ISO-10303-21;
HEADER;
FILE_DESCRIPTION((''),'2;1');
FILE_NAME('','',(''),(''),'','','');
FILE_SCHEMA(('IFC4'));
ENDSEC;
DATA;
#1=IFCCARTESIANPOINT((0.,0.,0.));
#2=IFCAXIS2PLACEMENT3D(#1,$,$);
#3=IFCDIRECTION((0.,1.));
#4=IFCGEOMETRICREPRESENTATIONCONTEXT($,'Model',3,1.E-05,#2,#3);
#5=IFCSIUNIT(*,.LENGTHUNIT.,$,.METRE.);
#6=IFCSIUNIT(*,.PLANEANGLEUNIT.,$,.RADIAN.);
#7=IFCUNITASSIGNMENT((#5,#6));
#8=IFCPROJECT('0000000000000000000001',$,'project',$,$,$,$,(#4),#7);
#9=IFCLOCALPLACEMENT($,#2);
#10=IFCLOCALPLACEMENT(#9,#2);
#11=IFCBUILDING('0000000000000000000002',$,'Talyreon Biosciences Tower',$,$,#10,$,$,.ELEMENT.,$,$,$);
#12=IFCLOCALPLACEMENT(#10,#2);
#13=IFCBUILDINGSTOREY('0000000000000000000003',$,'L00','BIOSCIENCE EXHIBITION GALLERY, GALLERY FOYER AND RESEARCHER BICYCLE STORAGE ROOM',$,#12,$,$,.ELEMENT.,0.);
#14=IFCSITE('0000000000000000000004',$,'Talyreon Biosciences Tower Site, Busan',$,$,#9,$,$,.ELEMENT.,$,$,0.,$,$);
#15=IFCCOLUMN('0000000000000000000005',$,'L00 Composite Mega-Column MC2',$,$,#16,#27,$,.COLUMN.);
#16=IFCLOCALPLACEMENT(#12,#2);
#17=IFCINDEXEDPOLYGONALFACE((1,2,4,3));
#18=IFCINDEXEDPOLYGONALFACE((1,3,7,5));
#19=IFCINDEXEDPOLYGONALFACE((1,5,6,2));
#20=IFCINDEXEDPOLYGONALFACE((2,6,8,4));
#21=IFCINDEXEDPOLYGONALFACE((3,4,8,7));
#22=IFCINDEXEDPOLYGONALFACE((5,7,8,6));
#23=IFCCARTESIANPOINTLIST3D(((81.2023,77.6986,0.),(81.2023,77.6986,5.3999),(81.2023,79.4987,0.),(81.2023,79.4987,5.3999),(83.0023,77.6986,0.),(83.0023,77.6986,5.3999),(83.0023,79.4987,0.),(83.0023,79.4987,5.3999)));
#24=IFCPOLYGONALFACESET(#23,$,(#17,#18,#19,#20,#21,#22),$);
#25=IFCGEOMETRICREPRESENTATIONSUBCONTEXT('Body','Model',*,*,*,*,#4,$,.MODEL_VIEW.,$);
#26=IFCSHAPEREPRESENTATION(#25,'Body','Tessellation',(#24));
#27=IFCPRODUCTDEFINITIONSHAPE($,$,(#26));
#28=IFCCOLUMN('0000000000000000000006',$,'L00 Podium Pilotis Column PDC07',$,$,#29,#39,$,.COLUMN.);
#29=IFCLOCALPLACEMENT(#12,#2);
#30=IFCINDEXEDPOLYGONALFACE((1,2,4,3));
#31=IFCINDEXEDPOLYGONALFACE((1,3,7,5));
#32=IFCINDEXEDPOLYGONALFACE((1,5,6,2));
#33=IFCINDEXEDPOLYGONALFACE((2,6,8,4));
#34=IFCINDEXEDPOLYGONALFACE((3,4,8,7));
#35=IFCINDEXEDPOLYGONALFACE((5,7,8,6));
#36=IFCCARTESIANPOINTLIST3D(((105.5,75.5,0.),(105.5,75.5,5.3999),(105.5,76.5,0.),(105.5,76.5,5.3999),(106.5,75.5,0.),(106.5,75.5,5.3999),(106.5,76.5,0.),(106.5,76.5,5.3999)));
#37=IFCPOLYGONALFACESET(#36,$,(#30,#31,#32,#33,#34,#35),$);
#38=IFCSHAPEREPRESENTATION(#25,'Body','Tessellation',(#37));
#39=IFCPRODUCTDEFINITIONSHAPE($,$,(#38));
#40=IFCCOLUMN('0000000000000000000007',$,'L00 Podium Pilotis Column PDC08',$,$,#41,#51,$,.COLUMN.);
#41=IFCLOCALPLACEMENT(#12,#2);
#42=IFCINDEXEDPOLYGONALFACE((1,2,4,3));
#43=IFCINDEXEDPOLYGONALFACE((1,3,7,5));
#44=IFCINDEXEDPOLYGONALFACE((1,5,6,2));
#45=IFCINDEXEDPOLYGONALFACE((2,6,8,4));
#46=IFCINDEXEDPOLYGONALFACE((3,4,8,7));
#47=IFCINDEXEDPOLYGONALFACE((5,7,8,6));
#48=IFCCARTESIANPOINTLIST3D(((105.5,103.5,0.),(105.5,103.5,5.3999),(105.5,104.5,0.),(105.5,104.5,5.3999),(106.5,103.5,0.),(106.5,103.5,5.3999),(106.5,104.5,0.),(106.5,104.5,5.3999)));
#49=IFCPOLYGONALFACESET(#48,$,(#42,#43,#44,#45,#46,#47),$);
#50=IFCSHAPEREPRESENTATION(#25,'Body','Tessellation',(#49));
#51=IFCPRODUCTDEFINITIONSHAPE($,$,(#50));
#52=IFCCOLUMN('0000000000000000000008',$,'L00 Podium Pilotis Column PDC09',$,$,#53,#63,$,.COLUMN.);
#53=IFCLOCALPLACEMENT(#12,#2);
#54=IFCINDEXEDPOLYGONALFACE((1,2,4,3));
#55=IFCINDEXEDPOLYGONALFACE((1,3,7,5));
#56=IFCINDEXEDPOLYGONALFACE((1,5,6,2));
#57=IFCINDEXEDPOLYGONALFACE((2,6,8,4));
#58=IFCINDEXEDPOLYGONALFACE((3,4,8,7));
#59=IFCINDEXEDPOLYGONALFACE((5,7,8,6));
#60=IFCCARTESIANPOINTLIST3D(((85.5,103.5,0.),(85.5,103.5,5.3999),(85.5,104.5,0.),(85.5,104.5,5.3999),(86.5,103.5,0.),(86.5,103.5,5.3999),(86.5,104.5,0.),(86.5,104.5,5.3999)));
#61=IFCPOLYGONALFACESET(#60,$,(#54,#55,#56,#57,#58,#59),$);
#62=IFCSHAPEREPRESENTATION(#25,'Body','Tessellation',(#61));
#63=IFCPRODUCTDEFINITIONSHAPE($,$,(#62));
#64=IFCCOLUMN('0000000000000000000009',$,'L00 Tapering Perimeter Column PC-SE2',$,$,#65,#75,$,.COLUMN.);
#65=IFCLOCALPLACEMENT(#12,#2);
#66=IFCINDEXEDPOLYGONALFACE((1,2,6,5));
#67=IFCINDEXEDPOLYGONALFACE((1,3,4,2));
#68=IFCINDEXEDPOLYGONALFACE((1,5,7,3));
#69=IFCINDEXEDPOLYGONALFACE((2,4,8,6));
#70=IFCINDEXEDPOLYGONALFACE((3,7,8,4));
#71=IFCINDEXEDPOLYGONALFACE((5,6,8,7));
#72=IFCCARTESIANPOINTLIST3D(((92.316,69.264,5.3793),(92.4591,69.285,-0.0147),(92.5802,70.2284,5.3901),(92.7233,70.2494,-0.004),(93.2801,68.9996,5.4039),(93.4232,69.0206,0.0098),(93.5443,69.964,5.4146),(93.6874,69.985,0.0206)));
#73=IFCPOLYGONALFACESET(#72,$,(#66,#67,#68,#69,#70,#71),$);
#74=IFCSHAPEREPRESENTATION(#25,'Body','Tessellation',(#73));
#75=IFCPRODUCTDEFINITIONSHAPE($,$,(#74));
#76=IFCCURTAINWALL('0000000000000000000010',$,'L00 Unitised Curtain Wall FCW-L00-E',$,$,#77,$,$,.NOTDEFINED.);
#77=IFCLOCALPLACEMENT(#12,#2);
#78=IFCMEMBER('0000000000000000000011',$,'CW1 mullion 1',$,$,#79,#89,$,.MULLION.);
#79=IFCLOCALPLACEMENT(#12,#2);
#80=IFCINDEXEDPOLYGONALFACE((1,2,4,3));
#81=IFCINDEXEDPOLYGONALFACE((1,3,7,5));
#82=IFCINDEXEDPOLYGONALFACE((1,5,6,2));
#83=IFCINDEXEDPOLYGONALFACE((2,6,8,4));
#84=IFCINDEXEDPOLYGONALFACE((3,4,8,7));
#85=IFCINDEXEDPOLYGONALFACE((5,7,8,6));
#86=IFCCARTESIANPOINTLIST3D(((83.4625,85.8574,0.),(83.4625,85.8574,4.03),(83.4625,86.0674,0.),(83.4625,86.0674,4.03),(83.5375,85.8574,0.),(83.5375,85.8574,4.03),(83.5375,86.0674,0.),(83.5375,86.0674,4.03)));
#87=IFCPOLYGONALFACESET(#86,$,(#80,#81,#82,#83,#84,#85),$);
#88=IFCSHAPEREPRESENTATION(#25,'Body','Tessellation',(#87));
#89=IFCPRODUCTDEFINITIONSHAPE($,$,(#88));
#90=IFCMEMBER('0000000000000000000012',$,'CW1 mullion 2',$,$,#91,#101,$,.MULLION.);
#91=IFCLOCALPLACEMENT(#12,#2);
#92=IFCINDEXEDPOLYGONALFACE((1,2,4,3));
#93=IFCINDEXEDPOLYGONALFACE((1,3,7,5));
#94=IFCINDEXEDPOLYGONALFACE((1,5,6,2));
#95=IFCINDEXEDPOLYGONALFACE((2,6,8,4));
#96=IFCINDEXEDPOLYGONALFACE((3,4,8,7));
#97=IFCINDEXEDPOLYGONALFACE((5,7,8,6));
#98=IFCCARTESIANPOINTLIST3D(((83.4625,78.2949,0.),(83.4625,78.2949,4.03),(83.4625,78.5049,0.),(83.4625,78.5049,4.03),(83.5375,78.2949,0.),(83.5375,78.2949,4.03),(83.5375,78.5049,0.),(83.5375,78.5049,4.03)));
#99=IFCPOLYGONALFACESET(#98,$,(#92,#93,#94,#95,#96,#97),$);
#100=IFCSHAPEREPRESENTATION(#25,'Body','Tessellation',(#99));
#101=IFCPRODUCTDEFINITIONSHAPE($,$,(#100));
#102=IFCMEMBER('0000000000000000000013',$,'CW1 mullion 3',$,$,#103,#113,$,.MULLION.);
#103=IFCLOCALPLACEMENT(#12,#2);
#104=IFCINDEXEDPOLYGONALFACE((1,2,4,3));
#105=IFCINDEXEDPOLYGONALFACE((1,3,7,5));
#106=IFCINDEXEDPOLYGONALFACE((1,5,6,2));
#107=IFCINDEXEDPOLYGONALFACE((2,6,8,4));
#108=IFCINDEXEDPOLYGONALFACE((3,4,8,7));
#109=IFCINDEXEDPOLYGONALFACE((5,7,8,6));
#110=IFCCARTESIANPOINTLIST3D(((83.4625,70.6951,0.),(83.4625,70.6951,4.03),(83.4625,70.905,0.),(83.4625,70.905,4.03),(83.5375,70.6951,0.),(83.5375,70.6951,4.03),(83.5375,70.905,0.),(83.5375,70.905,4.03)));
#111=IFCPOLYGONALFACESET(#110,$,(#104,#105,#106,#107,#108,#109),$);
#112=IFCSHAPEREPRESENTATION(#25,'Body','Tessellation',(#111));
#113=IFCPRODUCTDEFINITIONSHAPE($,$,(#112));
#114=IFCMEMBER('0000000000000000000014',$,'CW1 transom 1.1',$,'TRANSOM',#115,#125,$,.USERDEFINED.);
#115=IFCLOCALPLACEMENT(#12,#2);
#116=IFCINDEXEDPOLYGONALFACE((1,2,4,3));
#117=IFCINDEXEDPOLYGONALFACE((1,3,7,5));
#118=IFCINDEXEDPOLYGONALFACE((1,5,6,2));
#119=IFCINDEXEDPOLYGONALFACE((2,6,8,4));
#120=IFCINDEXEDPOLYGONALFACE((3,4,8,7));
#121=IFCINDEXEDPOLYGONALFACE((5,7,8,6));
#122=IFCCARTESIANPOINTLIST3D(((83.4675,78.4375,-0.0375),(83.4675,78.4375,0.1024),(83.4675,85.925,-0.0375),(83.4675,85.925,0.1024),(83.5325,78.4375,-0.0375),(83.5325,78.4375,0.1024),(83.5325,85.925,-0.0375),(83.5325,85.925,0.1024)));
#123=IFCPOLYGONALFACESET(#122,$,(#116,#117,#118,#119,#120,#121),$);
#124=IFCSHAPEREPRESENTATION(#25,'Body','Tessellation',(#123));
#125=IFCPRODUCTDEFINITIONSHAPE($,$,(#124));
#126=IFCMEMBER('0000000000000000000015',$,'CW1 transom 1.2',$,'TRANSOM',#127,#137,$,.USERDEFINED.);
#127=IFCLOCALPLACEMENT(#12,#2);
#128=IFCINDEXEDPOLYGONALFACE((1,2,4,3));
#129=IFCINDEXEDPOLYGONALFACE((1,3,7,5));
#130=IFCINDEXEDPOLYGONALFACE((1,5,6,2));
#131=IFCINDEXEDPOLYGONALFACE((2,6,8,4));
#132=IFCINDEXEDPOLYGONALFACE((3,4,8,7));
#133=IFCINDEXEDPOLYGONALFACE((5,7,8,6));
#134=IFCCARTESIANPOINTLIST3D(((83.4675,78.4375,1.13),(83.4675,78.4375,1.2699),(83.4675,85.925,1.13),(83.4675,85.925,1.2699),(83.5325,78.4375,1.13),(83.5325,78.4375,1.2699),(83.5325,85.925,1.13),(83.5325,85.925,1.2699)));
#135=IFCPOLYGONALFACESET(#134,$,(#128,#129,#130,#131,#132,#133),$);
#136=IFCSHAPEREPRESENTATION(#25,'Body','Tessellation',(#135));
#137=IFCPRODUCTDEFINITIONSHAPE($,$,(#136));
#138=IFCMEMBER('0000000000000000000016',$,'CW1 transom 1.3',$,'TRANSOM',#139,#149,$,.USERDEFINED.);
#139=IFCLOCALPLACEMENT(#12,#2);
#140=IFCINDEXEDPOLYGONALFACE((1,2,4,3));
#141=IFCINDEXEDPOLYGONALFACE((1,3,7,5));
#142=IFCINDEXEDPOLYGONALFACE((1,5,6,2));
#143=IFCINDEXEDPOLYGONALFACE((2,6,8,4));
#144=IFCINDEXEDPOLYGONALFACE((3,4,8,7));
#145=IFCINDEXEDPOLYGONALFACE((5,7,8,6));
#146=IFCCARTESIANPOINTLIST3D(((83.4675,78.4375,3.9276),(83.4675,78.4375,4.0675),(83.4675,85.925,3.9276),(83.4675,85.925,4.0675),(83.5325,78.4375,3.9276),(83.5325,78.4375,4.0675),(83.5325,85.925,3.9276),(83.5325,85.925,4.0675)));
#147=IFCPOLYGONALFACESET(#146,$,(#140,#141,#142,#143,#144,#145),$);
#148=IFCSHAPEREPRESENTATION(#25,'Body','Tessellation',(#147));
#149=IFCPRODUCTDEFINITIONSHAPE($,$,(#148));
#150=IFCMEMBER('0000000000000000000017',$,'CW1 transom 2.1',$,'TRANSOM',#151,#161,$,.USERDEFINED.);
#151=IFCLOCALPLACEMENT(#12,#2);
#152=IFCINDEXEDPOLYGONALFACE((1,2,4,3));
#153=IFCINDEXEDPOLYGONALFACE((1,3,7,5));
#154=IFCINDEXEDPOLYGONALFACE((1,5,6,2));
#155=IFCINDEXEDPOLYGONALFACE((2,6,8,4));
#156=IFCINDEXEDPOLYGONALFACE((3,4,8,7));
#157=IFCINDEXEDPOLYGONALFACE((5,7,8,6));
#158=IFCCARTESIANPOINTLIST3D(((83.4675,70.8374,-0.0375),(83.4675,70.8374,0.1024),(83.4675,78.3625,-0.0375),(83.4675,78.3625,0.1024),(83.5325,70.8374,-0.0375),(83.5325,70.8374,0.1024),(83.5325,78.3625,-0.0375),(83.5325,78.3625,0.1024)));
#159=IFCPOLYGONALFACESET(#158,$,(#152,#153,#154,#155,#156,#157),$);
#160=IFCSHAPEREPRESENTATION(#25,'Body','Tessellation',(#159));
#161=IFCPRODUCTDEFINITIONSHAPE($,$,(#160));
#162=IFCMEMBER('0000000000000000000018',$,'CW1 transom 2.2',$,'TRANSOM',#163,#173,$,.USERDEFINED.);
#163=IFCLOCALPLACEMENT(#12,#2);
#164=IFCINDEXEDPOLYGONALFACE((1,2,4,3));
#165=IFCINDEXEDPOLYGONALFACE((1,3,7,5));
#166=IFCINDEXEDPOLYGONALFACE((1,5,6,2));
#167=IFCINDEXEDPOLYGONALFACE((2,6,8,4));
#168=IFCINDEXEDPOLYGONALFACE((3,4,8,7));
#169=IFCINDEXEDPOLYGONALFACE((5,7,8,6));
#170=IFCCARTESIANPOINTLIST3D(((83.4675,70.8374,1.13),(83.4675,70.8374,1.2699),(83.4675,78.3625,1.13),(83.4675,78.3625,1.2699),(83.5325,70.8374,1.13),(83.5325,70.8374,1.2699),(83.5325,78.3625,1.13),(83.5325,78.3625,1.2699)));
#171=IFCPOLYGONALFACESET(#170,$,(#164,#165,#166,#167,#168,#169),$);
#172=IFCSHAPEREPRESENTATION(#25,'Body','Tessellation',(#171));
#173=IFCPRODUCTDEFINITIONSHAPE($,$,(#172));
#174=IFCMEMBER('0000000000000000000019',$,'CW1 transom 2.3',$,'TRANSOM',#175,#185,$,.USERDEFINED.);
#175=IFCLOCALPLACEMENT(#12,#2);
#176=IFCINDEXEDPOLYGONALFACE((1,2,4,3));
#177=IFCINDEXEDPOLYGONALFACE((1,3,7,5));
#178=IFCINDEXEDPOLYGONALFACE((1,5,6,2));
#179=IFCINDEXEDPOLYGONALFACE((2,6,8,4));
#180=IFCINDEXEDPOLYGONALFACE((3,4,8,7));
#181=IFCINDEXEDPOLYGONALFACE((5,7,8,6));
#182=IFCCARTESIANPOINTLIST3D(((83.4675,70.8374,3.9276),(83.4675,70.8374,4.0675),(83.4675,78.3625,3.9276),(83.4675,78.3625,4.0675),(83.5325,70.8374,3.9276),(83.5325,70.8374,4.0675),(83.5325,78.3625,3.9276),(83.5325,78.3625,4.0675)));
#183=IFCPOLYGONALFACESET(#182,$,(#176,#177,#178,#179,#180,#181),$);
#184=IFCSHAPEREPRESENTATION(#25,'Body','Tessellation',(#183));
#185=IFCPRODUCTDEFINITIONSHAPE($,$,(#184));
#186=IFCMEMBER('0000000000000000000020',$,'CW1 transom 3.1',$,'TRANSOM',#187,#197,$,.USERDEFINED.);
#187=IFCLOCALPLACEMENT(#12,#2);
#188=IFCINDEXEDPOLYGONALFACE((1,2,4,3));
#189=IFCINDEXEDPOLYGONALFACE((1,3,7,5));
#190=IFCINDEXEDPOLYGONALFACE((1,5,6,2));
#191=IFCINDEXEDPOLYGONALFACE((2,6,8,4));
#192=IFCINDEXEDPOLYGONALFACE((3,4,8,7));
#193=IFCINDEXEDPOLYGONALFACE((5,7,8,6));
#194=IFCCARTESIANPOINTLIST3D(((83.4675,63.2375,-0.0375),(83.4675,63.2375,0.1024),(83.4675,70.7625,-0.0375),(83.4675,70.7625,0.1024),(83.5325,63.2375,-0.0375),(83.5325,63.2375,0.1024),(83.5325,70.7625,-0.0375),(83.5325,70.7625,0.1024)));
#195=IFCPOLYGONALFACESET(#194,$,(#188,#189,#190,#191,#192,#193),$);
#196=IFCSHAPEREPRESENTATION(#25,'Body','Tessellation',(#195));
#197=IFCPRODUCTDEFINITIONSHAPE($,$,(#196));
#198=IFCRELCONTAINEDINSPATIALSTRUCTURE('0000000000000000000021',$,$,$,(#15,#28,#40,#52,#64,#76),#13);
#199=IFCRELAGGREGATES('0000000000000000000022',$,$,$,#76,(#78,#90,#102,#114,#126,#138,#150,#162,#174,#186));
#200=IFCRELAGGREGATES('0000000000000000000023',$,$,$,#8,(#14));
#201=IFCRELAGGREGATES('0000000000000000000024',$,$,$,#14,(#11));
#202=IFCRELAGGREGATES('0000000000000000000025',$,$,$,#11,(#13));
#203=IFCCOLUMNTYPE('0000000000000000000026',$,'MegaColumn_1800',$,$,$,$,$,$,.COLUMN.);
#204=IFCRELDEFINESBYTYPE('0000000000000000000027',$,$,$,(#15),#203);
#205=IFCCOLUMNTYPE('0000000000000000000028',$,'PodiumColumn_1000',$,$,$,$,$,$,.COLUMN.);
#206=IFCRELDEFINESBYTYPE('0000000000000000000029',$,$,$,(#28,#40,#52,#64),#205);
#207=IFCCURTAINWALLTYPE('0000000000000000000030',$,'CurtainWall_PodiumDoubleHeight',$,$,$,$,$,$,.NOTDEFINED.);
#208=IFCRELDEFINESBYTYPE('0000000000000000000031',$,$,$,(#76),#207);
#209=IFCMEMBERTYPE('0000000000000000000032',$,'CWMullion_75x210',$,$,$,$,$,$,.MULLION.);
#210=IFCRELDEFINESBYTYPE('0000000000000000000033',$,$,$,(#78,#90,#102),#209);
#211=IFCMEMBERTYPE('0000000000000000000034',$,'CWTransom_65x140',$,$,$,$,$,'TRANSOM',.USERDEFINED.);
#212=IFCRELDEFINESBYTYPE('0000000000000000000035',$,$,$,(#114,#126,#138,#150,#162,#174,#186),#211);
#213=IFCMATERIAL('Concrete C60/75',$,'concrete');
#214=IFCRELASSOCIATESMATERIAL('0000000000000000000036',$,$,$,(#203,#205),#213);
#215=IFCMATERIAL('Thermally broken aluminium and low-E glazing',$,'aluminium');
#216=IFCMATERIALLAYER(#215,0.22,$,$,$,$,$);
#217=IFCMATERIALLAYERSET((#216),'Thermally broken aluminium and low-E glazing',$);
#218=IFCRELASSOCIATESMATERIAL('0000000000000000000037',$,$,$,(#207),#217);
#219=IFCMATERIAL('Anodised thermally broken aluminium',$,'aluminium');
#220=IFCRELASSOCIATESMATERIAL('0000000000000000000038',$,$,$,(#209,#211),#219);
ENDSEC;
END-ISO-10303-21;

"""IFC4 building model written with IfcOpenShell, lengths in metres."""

from ifc_helpers import new_model, si_unit, direction, frame, origin, origin_2d, place, context, subcontext, project, spatial, rectangle, extrude, material, layer, layer_set, material_profile, profile_set, type_object, element, aggregate, save


model = new_model("IFC4")

# Units and contexts
model_context = context("Model", 3, precision=1e-05, world=origin(), true_north=direction((0.0, 1.0)))
body_context = subcontext(model_context, "Body", "Model", "MODEL_VIEW")
ifc_project = project(units=[si_unit("LENGTHUNIT", "METRE"), si_unit("PLANEANGLEUNIT", "RADIAN")], contexts=[model_context])

# Site, building, storey
site_placement = place(None, origin())
site = spatial("IfcSite", under=ifc_project, at=site_placement, Name="Talyreon Biosciences Tower Site, Busan", CompositionType="ELEMENT", RefElevation=0.0)
building_placement = place(site_placement, origin())
building = spatial("IfcBuilding", under=site, at=building_placement, Name="Talyreon Biosciences Tower", CompositionType="ELEMENT")
storey_placement = place(building_placement, origin())
storey = spatial("IfcBuildingStorey", under=building, at=storey_placement, Name="L00", Description="BIOSCIENCE EXHIBITION GALLERY, GALLERY FOYER AND RESEARCHER BICYCLE STORAGE ROOM", CompositionType="ELEMENT", Elevation=0.0)

# Columns
ifc_material_1 = material(Name="Concrete C60/75", Category="concrete")
ifc_material_profile_1 = material_profile(ifc_material_1, rectangle(XDim=1.8, YDim=1.8, at=origin_2d()), Name="RC 1800x1800")
ifc_profile_set_1 = profile_set([ifc_material_profile_1], Name="Concrete C60/75")
column_type_1 = type_object("IfcColumnType", Name="MegaColumn_1800", PredefinedType="COLUMN", material=ifc_profile_set_1)
column_1_placement = place(storey_placement, frame((82.1023, 78.5986, 0.0), z_axis=(0.0, 0.0, 1.0), x_axis=(1.0, 0.0, 0.0)))
element("IfcColumn", 1, at=column_1_placement, inside=storey, type_object=column_type_1, Name="L00 Composite Mega-Column MC2", PredefinedType="COLUMN", context=body_context, shape_type="SweptSolid", body=[
    extrude(rectangle(XDim=1.8, YDim=1.8, at=origin_2d()), origin(), (0.0, 0.0, 1.0), 5.3999),
])
ifc_material_profile_2 = material_profile(ifc_material_1, rectangle(XDim=1.0, YDim=1.0, at=origin_2d()), Name="RC 1000x1000")
ifc_profile_set_2 = profile_set([ifc_material_profile_2], Name="Concrete C60/75")
column_type_2 = type_object("IfcColumnType", Name="PodiumColumn_1000", PredefinedType="COLUMN", material=ifc_profile_set_2)
for number, where, z_axis, x_axis, name in (
    (2, (106.0, 76.0, 0.0), (0.0, 0.0, 1.0), (1.0, 0.0, 0.0), "L00 Podium Pilotis Column PDC07"),
    (3, (106.0, 104.0, 0.0), (0.0, 0.0, 1.0), (1.0, 0.0, 0.0), "L00 Podium Pilotis Column PDC08"),
    (4, (86.0, 104.0, 0.0), (0.0, 0.0, 1.0), (1.0, 0.0, 0.0), "L00 Podium Pilotis Column PDC09"),
):
    element("IfcColumn", number, at=place(storey_placement, frame(where, z_axis=z_axis, x_axis=x_axis)), inside=storey, type_object=column_type_2, Name=name, PredefinedType="COLUMN", context=body_context, shape_type="SweptSolid", body=[
        extrude(rectangle(XDim=1.0, YDim=1.0, at=origin_2d()), origin(), (0.0, 0.0, 1.0), 5.3999),
    ])
column_2_placement = place(storey_placement, frame((93.0732, 69.635, 0.0029), z_axis=(-0.026514, -0.003891, 0.999641), x_axis=(0.964103, -0.264392, 0.024542)))
element("IfcColumn", 5, at=column_2_placement, inside=storey, type_object=column_type_2, Name="L00 Tapering Perimeter Column PC-SE2", PredefinedType="COLUMN", context=body_context, shape_type="SweptSolid", body=[
    extrude(rectangle(XDim=1.0, YDim=1.0, at=origin_2d()), origin(), (0.0, 0.0, 1.0), 5.396),
])

# Curtain wall, members
ifc_material_2 = material(Name="Thermally broken aluminium and low-E glazing", Category="aluminium")
ifc_layer_1 = layer(ifc_material_2, 0.22)
ifc_layer_set_1 = layer_set([ifc_layer_1], Name="Thermally broken aluminium and low-E glazing")
curtain_wall_type = type_object("IfcCurtainWallType", Name="CurtainWall_PodiumDoubleHeight", PredefinedType="NOTDEFINED", material=ifc_layer_set_1)
curtain_wall_placement = place(storey_placement, origin())
curtain_wall = element("IfcCurtainWall", 6, at=curtain_wall_placement, inside=storey, type_object=curtain_wall_type, Name="L00 Unitised Curtain Wall FCW-L00-E", PredefinedType="NOTDEFINED")
ifc_material_3 = material(Name="Anodised thermally broken aluminium", Category="aluminium")
ifc_material_profile_3 = material_profile(ifc_material_3, rectangle(XDim=0.075, YDim=0.21, at=origin_2d()), Name="ALUM MULLION 75x210")
ifc_profile_set_3 = profile_set([ifc_material_profile_3], Name="Anodised thermally broken aluminium")
member_type_1 = type_object("IfcMemberType", Name="CWMullion_75x210", PredefinedType="MULLION", material=ifc_profile_set_3)
member_1_placement = place(storey_placement, frame((83.5, 85.9624, 0.0), z_axis=(0.0, 0.0, 1.0), x_axis=(1.0, 0.0, 0.0)))
member_1 = element("IfcMember", 7, at=member_1_placement, type_object=member_type_1, Name="CW1 mullion 1", PredefinedType="MULLION", context=body_context, shape_type="SweptSolid", body=[
    extrude(rectangle(XDim=0.075, YDim=0.21, at=origin_2d()), origin(), (0.0, 0.0, 1.0), 4.03),
])
member_2_placement = place(storey_placement, frame((83.5, 78.3999, 0.0), z_axis=(0.0, 0.0, 1.0), x_axis=(1.0, 0.0, 0.0)))
member_2 = element("IfcMember", 8, at=member_2_placement, type_object=member_type_1, Name="CW1 mullion 2", PredefinedType="MULLION", context=body_context, shape_type="SweptSolid", body=[
    extrude(rectangle(XDim=0.075, YDim=0.21, at=origin_2d()), origin(), (0.0, 0.0, 1.0), 4.03),
])
member_3_placement = place(storey_placement, frame((83.5, 70.8, 0.0), z_axis=(0.0, 0.0, 1.0), x_axis=(1.0, 0.0, 0.0)))
member_3 = element("IfcMember", 9, at=member_3_placement, type_object=member_type_1, Name="CW1 mullion 3", PredefinedType="MULLION", context=body_context, shape_type="SweptSolid", body=[
    extrude(rectangle(XDim=0.075, YDim=0.21, at=origin_2d()), origin(), (0.0, 0.0, 1.0), 4.03),
])
ifc_material_profile_4 = material_profile(ifc_material_3, rectangle(XDim=0.0649, YDim=0.1399, at=origin_2d()), Name="ALUM TRANSOM 65x140")
ifc_profile_set_4 = profile_set([ifc_material_profile_4], Name="Anodised thermally broken aluminium")
member_type_2 = type_object("IfcMemberType", Name="CWTransom_65x140", ElementType="TRANSOM", PredefinedType="USERDEFINED", material=ifc_profile_set_4)
member_4_placement = place(storey_placement, frame((83.5, 85.925, 0.0325), z_axis=(0.0, -1.0, 0.0), x_axis=(1.0, 0.0, 0.0)))
member_4 = element("IfcMember", 10, at=member_4_placement, type_object=member_type_2, Name="CW1 transom 1.1", ObjectType="TRANSOM", PredefinedType="USERDEFINED", context=body_context, shape_type="SweptSolid", body=[
    extrude(rectangle(XDim=0.0649, YDim=0.1399, at=origin_2d()), origin(), (0.0, 0.0, 1.0), 7.4875),
])
member_5_placement = place(storey_placement, frame((83.5, 85.925, 1.2), z_axis=(0.0, -1.0, 0.0), x_axis=(1.0, 0.0, 0.0)))
member_5 = element("IfcMember", 11, at=member_5_placement, type_object=member_type_2, Name="CW1 transom 1.2", ObjectType="TRANSOM", PredefinedType="USERDEFINED", context=body_context, shape_type="SweptSolid", body=[
    extrude(rectangle(XDim=0.0649, YDim=0.1399, at=origin_2d()), origin(), (0.0, 0.0, 1.0), 7.4875),
])
member_6_placement = place(storey_placement, frame((83.5, 85.925, 3.9976), z_axis=(0.0, -1.0, 0.0), x_axis=(1.0, 0.0, 0.0)))
member_6 = element("IfcMember", 12, at=member_6_placement, type_object=member_type_2, Name="CW1 transom 1.3", ObjectType="TRANSOM", PredefinedType="USERDEFINED", context=body_context, shape_type="SweptSolid", body=[
    extrude(rectangle(XDim=0.0649, YDim=0.1399, at=origin_2d()), origin(), (0.0, 0.0, 1.0), 7.4875),
])
member_7_placement = place(storey_placement, frame((83.5, 78.3625, 0.0325), z_axis=(0.0, -1.0, 0.0), x_axis=(1.0, 0.0, 0.0)))
member_7 = element("IfcMember", 13, at=member_7_placement, type_object=member_type_2, Name="CW1 transom 2.1", ObjectType="TRANSOM", PredefinedType="USERDEFINED", context=body_context, shape_type="SweptSolid", body=[
    extrude(rectangle(XDim=0.0649, YDim=0.1399, at=origin_2d()), origin(), (0.0, 0.0, 1.0), 7.5251),
])
member_8_placement = place(storey_placement, frame((83.5, 78.3625, 1.2), z_axis=(0.0, -1.0, 0.0), x_axis=(1.0, 0.0, 0.0)))
member_8 = element("IfcMember", 14, at=member_8_placement, type_object=member_type_2, Name="CW1 transom 2.2", ObjectType="TRANSOM", PredefinedType="USERDEFINED", context=body_context, shape_type="SweptSolid", body=[
    extrude(rectangle(XDim=0.0649, YDim=0.1399, at=origin_2d()), origin(), (0.0, 0.0, 1.0), 7.5251),
])
member_9_placement = place(storey_placement, frame((83.5, 78.3625, 3.9976), z_axis=(0.0, -1.0, 0.0), x_axis=(1.0, 0.0, 0.0)))
member_9 = element("IfcMember", 15, at=member_9_placement, type_object=member_type_2, Name="CW1 transom 2.3", ObjectType="TRANSOM", PredefinedType="USERDEFINED", context=body_context, shape_type="SweptSolid", body=[
    extrude(rectangle(XDim=0.0649, YDim=0.1399, at=origin_2d()), origin(), (0.0, 0.0, 1.0), 7.5251),
])
member_10_placement = place(storey_placement, frame((83.5, 70.7625, 0.0325), z_axis=(0.0, -1.0, 0.0), x_axis=(1.0, 0.0, 0.0)))
member_10 = element("IfcMember", 16, at=member_10_placement, type_object=member_type_2, Name="CW1 transom 3.1", ObjectType="TRANSOM", PredefinedType="USERDEFINED", context=body_context, shape_type="SweptSolid", body=[
    extrude(rectangle(XDim=0.0649, YDim=0.1399, at=origin_2d()), origin(), (0.0, 0.0, 1.0), 7.5249),
])

aggregate(curtain_wall, [member_1, member_2, member_3, member_4, member_5, member_6, member_7, member_8, member_9, member_10])

save(model, "model.ifc")
